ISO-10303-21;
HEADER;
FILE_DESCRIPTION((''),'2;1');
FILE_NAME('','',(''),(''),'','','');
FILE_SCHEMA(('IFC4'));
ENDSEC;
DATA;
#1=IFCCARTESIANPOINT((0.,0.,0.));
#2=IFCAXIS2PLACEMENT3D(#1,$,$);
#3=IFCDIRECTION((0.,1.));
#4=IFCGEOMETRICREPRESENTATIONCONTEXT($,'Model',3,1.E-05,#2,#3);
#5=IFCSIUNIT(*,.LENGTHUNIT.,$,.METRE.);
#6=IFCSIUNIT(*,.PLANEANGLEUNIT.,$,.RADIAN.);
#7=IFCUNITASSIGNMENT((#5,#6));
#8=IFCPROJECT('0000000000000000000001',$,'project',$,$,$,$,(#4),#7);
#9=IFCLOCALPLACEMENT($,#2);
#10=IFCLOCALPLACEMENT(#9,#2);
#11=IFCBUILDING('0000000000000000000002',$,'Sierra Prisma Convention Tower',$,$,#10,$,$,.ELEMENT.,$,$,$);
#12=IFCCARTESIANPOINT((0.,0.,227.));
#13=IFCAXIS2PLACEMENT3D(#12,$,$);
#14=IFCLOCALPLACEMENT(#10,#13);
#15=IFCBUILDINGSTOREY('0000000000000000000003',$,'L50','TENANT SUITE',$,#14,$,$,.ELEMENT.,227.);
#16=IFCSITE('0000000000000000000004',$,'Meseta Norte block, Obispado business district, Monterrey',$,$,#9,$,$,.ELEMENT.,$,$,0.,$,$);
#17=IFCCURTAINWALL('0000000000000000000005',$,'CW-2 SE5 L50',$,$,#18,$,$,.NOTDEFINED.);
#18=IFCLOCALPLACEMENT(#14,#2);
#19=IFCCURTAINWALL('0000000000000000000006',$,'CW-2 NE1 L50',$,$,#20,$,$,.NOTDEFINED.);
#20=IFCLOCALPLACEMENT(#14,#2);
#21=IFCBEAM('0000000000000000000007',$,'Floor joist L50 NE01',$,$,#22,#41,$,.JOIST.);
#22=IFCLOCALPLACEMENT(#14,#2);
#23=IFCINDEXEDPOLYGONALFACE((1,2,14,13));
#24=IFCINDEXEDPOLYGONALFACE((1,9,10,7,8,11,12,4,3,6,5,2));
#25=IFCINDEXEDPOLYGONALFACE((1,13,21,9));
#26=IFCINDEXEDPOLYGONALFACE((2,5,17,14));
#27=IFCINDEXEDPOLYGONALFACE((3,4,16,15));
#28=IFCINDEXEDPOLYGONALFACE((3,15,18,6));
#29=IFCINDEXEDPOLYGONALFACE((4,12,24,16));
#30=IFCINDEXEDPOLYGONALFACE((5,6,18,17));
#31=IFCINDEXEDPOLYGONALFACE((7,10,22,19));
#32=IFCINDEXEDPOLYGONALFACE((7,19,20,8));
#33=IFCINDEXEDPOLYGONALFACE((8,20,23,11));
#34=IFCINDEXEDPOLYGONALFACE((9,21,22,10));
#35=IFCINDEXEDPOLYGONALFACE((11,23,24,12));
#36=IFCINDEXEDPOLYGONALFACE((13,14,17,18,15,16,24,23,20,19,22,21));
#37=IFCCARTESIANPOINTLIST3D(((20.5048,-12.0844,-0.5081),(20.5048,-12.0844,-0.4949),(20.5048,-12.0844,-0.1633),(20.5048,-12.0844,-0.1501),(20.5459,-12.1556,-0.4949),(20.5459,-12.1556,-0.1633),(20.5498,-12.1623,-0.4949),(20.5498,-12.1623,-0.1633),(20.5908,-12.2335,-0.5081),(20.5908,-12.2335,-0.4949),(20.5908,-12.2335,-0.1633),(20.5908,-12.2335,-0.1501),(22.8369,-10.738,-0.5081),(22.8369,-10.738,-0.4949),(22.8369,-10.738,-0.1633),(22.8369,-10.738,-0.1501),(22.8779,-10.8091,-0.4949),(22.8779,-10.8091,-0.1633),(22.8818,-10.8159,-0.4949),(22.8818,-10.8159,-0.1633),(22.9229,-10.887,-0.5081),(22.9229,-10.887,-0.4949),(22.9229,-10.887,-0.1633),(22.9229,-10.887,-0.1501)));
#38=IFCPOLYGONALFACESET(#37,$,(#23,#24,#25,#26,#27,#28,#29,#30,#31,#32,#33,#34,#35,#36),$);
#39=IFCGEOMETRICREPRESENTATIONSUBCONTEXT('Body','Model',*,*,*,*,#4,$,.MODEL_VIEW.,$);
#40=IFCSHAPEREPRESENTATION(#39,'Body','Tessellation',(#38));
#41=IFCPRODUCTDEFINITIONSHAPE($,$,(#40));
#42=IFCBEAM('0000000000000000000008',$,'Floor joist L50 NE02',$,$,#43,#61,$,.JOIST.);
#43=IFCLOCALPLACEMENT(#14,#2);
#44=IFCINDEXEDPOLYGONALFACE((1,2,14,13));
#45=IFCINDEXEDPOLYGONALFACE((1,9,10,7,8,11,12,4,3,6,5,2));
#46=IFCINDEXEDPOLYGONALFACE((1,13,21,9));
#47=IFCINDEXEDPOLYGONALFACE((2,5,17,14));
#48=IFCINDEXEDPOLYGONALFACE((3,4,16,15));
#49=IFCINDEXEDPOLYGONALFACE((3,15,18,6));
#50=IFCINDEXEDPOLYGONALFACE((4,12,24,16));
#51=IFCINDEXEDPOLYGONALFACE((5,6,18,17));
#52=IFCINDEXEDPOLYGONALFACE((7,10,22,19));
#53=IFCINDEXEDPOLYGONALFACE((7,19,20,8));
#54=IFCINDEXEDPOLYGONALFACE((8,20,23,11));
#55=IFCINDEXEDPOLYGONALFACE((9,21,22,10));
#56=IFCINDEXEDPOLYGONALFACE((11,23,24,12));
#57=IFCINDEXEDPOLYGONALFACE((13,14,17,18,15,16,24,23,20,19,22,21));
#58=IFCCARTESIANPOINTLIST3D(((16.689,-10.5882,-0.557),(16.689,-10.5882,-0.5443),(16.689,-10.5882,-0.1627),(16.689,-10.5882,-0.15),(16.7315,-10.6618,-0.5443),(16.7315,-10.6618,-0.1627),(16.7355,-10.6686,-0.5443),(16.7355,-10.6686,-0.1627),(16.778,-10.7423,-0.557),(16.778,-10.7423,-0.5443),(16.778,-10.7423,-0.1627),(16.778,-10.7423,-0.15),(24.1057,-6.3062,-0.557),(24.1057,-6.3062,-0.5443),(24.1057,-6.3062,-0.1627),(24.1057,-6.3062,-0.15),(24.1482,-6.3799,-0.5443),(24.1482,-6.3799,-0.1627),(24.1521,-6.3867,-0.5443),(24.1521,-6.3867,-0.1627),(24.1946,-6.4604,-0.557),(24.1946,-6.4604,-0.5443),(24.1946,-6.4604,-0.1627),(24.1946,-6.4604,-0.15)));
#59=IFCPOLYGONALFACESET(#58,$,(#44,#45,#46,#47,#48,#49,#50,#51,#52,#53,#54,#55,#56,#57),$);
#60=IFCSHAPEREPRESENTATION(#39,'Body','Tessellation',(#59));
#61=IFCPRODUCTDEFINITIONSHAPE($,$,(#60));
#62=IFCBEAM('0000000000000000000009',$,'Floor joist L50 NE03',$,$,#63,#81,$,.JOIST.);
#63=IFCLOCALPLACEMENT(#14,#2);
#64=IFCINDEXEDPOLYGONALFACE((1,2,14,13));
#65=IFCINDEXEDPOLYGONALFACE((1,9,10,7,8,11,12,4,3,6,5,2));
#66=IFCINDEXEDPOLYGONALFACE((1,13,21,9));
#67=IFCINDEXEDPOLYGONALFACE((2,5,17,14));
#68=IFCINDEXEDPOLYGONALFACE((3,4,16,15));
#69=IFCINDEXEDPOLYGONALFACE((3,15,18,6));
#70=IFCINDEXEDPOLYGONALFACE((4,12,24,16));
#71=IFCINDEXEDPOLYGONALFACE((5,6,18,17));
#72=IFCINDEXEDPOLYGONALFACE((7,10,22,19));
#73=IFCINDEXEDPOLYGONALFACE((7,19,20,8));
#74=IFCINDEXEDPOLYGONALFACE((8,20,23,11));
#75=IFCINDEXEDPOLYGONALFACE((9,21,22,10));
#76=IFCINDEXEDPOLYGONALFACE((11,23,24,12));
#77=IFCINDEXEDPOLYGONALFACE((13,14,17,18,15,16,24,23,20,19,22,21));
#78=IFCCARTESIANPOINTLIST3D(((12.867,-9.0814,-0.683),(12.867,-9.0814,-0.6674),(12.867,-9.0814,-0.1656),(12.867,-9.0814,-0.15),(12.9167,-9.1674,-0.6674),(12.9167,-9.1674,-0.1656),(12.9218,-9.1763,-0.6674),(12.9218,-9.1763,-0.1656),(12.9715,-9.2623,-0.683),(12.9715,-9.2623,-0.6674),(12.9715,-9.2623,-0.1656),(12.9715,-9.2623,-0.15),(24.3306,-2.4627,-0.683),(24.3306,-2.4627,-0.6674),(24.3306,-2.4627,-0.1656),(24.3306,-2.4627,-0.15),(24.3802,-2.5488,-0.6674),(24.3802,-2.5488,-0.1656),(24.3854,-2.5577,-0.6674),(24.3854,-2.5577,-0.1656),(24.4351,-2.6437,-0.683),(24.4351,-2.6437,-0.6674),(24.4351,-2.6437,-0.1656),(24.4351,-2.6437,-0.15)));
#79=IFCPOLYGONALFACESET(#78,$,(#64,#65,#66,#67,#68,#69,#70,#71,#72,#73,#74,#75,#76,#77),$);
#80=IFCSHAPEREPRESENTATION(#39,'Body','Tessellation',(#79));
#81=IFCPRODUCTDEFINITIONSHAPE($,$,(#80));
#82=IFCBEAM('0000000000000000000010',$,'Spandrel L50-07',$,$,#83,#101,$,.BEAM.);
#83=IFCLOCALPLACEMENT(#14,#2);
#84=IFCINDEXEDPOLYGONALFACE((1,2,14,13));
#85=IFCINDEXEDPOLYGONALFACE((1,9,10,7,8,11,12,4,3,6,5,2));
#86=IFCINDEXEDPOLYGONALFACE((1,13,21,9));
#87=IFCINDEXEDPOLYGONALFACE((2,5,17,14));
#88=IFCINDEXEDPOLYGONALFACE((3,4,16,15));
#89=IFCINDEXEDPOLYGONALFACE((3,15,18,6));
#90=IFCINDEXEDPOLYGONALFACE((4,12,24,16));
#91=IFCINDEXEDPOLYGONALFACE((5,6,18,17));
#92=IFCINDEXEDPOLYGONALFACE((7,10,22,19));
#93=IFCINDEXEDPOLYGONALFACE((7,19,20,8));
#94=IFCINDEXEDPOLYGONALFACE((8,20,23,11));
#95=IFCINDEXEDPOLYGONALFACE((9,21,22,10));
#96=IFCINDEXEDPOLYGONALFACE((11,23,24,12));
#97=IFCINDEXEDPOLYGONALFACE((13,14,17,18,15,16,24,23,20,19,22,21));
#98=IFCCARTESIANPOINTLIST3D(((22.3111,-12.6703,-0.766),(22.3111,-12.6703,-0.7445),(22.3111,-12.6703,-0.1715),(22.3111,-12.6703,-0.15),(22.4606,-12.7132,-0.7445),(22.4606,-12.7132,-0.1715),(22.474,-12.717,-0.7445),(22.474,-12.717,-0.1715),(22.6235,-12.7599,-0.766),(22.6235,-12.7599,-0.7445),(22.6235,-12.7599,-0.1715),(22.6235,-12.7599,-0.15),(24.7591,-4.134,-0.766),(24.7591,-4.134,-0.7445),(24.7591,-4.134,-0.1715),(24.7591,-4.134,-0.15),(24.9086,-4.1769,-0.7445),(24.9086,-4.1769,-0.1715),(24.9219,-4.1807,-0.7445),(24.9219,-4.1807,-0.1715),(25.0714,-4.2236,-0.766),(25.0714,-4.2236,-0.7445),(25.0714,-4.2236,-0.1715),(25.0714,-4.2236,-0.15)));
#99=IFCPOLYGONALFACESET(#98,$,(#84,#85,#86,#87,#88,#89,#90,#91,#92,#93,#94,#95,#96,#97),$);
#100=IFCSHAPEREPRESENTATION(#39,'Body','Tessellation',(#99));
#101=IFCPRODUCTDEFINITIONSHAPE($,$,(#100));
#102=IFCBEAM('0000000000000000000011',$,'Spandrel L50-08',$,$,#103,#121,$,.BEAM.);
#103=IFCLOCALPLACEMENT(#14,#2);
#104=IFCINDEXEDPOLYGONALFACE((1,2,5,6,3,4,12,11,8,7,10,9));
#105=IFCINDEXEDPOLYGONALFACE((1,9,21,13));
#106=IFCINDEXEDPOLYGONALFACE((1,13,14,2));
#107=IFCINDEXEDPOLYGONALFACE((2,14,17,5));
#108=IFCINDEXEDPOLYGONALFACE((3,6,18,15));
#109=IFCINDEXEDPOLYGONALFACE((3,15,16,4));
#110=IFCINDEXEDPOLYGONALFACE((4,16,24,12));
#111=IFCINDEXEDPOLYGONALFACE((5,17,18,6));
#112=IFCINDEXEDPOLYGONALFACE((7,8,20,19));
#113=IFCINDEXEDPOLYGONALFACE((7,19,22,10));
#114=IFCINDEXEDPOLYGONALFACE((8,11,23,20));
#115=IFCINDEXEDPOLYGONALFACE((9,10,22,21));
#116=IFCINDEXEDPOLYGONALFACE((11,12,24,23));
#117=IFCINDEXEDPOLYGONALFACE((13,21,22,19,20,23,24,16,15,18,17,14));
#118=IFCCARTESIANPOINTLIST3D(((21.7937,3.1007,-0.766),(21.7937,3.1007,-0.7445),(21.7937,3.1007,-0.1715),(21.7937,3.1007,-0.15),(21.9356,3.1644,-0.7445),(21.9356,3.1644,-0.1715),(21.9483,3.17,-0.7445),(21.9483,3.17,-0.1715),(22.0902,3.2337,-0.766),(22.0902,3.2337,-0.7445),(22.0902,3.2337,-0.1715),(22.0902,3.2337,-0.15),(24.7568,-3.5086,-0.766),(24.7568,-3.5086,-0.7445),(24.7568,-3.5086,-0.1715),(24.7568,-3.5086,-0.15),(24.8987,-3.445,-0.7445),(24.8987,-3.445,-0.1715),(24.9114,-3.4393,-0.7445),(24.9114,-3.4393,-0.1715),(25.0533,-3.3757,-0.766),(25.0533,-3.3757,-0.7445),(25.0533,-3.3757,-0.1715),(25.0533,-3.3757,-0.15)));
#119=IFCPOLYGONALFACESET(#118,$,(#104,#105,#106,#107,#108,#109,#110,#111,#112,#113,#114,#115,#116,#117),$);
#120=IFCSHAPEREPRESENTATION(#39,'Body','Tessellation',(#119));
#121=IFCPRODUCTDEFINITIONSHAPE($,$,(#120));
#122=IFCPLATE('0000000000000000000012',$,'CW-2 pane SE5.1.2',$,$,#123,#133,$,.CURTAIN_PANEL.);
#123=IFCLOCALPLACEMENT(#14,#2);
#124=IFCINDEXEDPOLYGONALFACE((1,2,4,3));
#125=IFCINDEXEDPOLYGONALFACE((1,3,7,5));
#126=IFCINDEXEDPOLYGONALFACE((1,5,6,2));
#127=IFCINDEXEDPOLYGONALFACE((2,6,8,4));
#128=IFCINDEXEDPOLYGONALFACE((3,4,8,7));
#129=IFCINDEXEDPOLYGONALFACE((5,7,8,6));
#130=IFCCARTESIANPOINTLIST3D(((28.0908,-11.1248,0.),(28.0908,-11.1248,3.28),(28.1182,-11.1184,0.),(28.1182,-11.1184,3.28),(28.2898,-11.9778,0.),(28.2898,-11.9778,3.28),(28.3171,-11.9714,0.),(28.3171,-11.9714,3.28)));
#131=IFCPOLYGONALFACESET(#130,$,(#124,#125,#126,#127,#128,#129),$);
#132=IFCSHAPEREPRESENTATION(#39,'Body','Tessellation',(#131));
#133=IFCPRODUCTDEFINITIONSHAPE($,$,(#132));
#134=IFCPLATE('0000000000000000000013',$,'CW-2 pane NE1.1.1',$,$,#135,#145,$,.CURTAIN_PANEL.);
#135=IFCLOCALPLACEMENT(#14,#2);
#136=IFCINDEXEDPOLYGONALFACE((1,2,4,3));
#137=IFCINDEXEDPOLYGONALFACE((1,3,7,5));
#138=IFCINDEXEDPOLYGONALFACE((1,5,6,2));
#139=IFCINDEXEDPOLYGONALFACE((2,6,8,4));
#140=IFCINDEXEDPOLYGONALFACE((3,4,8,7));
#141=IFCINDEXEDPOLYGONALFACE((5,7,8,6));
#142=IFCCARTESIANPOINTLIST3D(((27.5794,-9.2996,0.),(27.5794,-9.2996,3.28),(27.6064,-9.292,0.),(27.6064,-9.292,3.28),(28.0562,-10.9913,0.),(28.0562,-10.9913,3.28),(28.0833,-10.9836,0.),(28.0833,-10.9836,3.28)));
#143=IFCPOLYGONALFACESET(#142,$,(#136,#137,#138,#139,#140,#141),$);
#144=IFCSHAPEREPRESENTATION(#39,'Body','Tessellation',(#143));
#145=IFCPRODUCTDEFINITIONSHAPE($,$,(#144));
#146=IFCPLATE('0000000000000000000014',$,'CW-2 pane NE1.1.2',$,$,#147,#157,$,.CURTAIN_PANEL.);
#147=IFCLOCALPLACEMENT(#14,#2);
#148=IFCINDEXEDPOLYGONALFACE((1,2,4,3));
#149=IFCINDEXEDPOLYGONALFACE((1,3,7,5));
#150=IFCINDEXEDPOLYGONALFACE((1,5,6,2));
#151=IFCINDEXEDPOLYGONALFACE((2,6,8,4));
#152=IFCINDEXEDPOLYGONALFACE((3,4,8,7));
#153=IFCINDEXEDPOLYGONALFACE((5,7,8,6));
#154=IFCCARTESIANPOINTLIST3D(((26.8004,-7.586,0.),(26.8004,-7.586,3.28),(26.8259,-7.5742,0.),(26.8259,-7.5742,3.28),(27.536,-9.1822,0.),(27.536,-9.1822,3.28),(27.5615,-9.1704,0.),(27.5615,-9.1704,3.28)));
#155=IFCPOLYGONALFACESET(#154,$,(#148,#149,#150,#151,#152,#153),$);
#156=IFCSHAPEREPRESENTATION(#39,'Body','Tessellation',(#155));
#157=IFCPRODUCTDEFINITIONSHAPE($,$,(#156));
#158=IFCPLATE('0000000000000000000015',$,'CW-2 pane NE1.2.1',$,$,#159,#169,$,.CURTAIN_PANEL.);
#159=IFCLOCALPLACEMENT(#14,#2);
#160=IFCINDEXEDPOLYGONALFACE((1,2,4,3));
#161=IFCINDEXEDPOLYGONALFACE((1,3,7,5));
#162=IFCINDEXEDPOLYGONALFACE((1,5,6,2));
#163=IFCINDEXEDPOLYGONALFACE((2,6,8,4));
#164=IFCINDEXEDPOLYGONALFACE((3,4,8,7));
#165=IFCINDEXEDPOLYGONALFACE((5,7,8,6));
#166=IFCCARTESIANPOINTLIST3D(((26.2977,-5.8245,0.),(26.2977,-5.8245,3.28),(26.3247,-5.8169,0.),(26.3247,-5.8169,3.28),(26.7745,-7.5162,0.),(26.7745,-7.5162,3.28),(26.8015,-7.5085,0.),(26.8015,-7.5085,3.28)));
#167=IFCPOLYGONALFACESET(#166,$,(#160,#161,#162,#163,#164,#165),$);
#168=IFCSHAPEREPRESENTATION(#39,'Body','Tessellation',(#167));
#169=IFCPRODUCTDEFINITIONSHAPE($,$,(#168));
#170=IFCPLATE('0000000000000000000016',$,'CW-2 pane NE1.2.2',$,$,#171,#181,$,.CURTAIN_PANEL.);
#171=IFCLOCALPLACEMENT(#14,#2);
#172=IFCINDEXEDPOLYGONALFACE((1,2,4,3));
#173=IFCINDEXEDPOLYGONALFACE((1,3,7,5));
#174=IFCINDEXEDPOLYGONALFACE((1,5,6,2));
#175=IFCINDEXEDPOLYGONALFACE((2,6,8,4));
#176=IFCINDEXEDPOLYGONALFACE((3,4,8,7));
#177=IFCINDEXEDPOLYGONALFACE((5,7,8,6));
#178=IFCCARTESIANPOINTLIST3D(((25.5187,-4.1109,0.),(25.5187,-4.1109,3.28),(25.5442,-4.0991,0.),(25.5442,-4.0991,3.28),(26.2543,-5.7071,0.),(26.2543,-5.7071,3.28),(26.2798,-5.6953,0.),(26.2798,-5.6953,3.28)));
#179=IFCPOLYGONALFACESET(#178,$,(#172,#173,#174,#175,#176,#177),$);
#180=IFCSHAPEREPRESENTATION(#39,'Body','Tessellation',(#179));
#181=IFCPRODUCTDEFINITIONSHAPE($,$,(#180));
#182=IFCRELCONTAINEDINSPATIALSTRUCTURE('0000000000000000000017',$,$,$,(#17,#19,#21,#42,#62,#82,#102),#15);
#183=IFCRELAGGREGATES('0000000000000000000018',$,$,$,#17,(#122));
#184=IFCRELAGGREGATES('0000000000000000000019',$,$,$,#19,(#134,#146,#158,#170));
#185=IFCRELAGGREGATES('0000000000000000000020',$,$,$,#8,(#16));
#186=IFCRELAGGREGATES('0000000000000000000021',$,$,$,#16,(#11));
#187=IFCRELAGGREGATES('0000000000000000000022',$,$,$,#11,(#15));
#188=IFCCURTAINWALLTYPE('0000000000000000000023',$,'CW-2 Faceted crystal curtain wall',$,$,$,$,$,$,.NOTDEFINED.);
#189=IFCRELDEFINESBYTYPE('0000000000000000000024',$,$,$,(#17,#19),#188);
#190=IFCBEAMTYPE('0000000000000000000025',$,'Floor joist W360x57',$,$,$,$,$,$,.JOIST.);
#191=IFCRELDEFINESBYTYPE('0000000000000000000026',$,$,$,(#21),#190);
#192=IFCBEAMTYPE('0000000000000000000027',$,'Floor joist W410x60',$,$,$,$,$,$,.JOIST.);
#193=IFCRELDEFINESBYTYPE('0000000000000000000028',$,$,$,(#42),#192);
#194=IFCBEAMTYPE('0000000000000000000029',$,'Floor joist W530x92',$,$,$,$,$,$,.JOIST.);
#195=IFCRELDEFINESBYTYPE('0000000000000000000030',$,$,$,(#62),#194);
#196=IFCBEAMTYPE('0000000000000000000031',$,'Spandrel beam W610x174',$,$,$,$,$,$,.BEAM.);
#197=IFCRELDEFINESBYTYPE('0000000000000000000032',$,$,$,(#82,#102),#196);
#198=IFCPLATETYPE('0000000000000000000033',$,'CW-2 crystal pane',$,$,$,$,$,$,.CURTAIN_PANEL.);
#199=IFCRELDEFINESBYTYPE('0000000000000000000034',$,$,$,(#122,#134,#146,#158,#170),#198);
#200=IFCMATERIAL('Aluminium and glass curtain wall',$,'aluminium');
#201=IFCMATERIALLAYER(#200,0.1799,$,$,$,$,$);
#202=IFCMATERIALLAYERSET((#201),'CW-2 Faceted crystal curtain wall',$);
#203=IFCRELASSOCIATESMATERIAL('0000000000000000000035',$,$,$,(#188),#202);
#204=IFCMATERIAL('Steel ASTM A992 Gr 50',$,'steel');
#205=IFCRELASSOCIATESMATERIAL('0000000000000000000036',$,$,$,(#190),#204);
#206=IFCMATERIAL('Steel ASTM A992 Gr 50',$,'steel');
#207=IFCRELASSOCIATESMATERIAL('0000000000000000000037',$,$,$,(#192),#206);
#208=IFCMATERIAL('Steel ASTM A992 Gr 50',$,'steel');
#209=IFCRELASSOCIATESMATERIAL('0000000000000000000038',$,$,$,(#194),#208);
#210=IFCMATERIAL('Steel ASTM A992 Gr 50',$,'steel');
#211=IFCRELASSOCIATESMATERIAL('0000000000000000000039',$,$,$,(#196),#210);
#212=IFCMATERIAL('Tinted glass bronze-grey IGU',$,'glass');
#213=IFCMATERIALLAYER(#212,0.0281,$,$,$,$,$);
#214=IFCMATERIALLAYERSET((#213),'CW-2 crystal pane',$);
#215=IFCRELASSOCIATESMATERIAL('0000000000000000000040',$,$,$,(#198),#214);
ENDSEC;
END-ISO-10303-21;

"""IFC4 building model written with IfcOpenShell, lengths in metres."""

from ifc_helpers import new_model, si_unit, direction, frame, origin, origin_2d, place, context, subcontext, project, spatial, polyline, i_section, outline, extrude, material, layer, layer_set, material_profile, profile_set, type_object, element, aggregate, save


model = new_model("IFC4")

# Units and contexts
model_context = context("Model", 3, precision=1e-05, world=origin(), true_north=direction((0.0, 1.0)))
body_context = subcontext(model_context, "Body", "Model", "MODEL_VIEW")
ifc_project = project(units=[si_unit("LENGTHUNIT", "METRE"), si_unit("PLANEANGLEUNIT", "RADIAN")], contexts=[model_context])

# Site, building, storey
site_placement = place(None, origin())
site = spatial("IfcSite", under=ifc_project, at=site_placement, Name="Meseta Norte block, Obispado business district, Monterrey", CompositionType="ELEMENT", RefElevation=0.0)
building_placement = place(site_placement, origin())
building = spatial("IfcBuilding", under=site, at=building_placement, Name="Sierra Prisma Convention Tower", CompositionType="ELEMENT")
storey_placement = place(building_placement, frame((0.0, 0.0, 227.0)))
storey = spatial("IfcBuildingStorey", under=building, at=storey_placement, Name="L50", Description="TENANT SUITE", CompositionType="ELEMENT", Elevation=227.0)

# Curtain wall
ifc_material_1 = material(Name="Aluminium and glass curtain wall", Category="aluminium")
ifc_layer_1 = layer(ifc_material_1, 0.1799)
ifc_layer_set_1 = layer_set([ifc_layer_1], Name="CW-2 Faceted crystal curtain wall")
curtain_wall_type = type_object("IfcCurtainWallType", Name="CW-2 Faceted crystal curtain wall", PredefinedType="NOTDEFINED", material=ifc_layer_set_1)
curtain_wall_1_placement = place(storey_placement, origin())
curtain_wall_1 = element("IfcCurtainWall", 1, at=curtain_wall_1_placement, inside=storey, type_object=curtain_wall_type, Name="CW-2 SE5 L50", PredefinedType="NOTDEFINED")

# Curtain wall
curtain_wall_2_placement = place(storey_placement, origin())
curtain_wall_2 = element("IfcCurtainWall", 2, at=curtain_wall_2_placement, inside=storey, type_object=curtain_wall_type, Name="CW-2 NE1 L50", PredefinedType="NOTDEFINED")

# Beams
ifc_material_2 = material(Name="Steel ASTM A992 Gr 50", Category="steel")
ifc_material_profile_1 = material_profile(ifc_material_2, i_section(OverallWidth=0.1721, OverallDepth=0.3579, WebThickness=0.0078, FlangeThickness=0.0132, at=origin_2d()), Name="W360x57")
ifc_profile_set_1 = profile_set([ifc_material_profile_1], Name="Steel ASTM A992 Gr 50")
beam_type_1 = type_object("IfcBeamType", Name="Floor joist W360x57", PredefinedType="JOIST", material=ifc_profile_set_1)
beam_1_placement = place(storey_placement, frame((22.8799, -10.8125, -0.3291), z_axis=(-0.86602, -0.50001, 0.0), x_axis=(0.50001, -0.86602, 0.0)))
element("IfcBeam", 3, at=beam_1_placement, inside=storey, type_object=beam_type_1, Name="Floor joist L50 NE01", PredefinedType="JOIST", context=body_context, shape_type="SweptSolid", body=[
    extrude(i_section(OverallWidth=0.1721, OverallDepth=0.3579, WebThickness=0.0078, FlangeThickness=0.0132, at=origin_2d()), origin(), (0.0, 0.0, 1.0), 2.6929),
])
ifc_material_3 = material(Name="Steel ASTM A992 Gr 50", Category="steel")
ifc_material_profile_2 = material_profile(ifc_material_3, i_section(OverallWidth=0.178, OverallDepth=0.407, WebThickness=0.0078, FlangeThickness=0.0127, at=origin_2d()), Name="W410x60")
ifc_profile_set_2 = profile_set([ifc_material_profile_2], Name="Steel ASTM A992 Gr 50")
beam_type_2 = type_object("IfcBeamType", Name="Floor joist W410x60", PredefinedType="JOIST", material=ifc_profile_set_2)
beam_2_placement = place(storey_placement, frame((24.1501, -6.3833, -0.3535), z_axis=(-0.866029, -0.499993, 0.0), x_axis=(0.499993, -0.866029, 0.0)))
element("IfcBeam", 4, at=beam_2_placement, inside=storey, type_object=beam_type_2, Name="Floor joist L50 NE02", PredefinedType="JOIST", context=body_context, shape_type="SweptSolid", body=[
    extrude(i_section(OverallWidth=0.178, OverallDepth=0.407, WebThickness=0.0078, FlangeThickness=0.0127, at=origin_2d()), origin(), (0.0, 0.0, 1.0), 8.564),
])
ifc_material_4 = material(Name="Steel ASTM A992 Gr 50", Category="steel")
ifc_material_profile_3 = material_profile(ifc_material_4, i_section(OverallWidth=0.209, OverallDepth=0.533, WebThickness=0.0103, FlangeThickness=0.0156, at=origin_2d()), Name="W530x92")
ifc_profile_set_3 = profile_set([ifc_material_profile_3], Name="Steel ASTM A992 Gr 50")
beam_type_3 = type_object("IfcBeamType", Name="Floor joist W530x92", PredefinedType="JOIST", material=ifc_profile_set_3)
beam_3_placement = place(storey_placement, frame((24.3828, -2.5532, -0.4165), z_axis=(-0.866021, -0.500007, 0.0), x_axis=(0.500007, -0.866021, 0.0)))
element("IfcBeam", 5, at=beam_3_placement, inside=storey, type_object=beam_type_3, Name="Floor joist L50 NE03", PredefinedType="JOIST", context=body_context, shape_type="SweptSolid", body=[
    extrude(i_section(OverallWidth=0.209, OverallDepth=0.533, WebThickness=0.0103, FlangeThickness=0.0156, at=origin_2d()), origin(), (0.0, 0.0, 1.0), 13.2371),
])
ifc_material_5 = material(Name="Steel ASTM A992 Gr 50", Category="steel")
ifc_material_profile_4 = material_profile(ifc_material_5, i_section(OverallWidth=0.325, OverallDepth=0.616, WebThickness=0.0139, FlangeThickness=0.0215, at=origin_2d()), Name="W610x174")
ifc_profile_set_4 = profile_set([ifc_material_profile_4], Name="Steel ASTM A992 Gr 50")
beam_type_4 = type_object("IfcBeamType", Name="Spandrel beam W610x174", PredefinedType="BEAM", material=ifc_profile_set_4)
beam_4_placement = place(storey_placement, frame((22.4673, -12.7151, -0.458), z_axis=(0.275661, 0.961255, 0.0), x_axis=(-0.961255, 0.275661, 0.0)))
element("IfcBeam", 6, at=beam_4_placement, inside=storey, type_object=beam_type_4, Name="Spandrel L50-07", PredefinedType="BEAM", context=body_context, shape_type="SweptSolid", body=[
    extrude(i_section(OverallWidth=0.325, OverallDepth=0.616, WebThickness=0.0139, FlangeThickness=0.0215, at=origin_2d()), origin(), (0.0, 0.0, 1.0), 8.8804),
])
beam_5_placement = place(storey_placement, frame((24.905, -3.4421, -0.458), z_axis=(-0.409092, 0.912493, 0.0), x_axis=(-0.912493, -0.409092, 0.0)))
element("IfcBeam", 7, at=beam_5_placement, inside=storey, type_object=beam_type_4, Name="Spandrel L50-08", PredefinedType="BEAM", context=body_context, shape_type="SweptSolid", body=[
    extrude(i_section(OverallWidth=0.325, OverallDepth=0.616, WebThickness=0.0139, FlangeThickness=0.0215, at=origin_2d()), origin(), (0.0, 0.0, 1.0), 7.2432),
])

# Plates
ifc_material_6 = material(Name="Tinted glass bronze-grey IGU", Category="glass")
ifc_layer_2 = layer(ifc_material_6, 0.0281)
ifc_layer_set_2 = layer_set([ifc_layer_2], Name="CW-2 crystal pane")
plate_type = type_object("IfcPlateType", Name="CW-2 crystal pane", PredefinedType="CURTAIN_PANEL", material=ifc_layer_set_2)
plate_1_placement = place(storey_placement, frame((28.1182, -11.1184, 0.0), z_axis=(0.973858, 0.227159, 0.0), x_axis=(0.227159, -0.973858, 0.0)))
plate_1 = element("IfcPlate", 8, at=plate_1_placement, type_object=plate_type, Name="CW-2 pane SE5.1.2", PredefinedType="CURTAIN_PANEL", context=body_context, shape_type="SweptSolid", body=[
    extrude(outline(polyline([(0.0, 0.0), (0.8759, 0.0), (0.8759, -3.28), (0.0, -3.28), (0.0, 0.0)])), origin(), (0.0, 0.0, -1.0), 0.0281),
])
aggregate(curtain_wall_1, [plate_1])
plate_2_placement = place(storey_placement, frame((28.0833, -10.9836, 0.0), z_axis=(0.962498, 0.271289, 0.0), x_axis=(-0.271289, 0.962498, 0.0)))
plate_2 = element("IfcPlate", 9, at=plate_2_placement, type_object=plate_type, Name="CW-2 pane NE1.1.1", PredefinedType="CURTAIN_PANEL", context=body_context, shape_type="SweptSolid", body=[
    extrude(outline(polyline([(0.0, 0.0), (1.7576, 0.0), (1.7576, 3.28), (0.0, 3.28), (0.0, 0.0)])), origin(), (0.0, 0.0, -1.0), 0.0281),
])
plate_3_placement = place(storey_placement, frame((26.8259, -7.5742, 0.0), z_axis=(0.908199, 0.418538, 0.0), x_axis=(0.418538, -0.908199, 0.0)))
plate_3 = element("IfcPlate", 10, at=plate_3_placement, type_object=plate_type, Name="CW-2 pane NE1.1.2", PredefinedType="CURTAIN_PANEL", context=body_context, shape_type="SweptSolid", body=[
    extrude(outline(polyline([(0.0, 0.0), (1.7575, 0.0), (1.7575, -3.28), (0.0, -3.28), (0.0, 0.0)])), origin(), (0.0, 0.0, -1.0), 0.0281),
])
plate_4_placement = place(storey_placement, frame((26.8015, -7.5085, 0.0), z_axis=(0.962498, 0.271289, 0.0), x_axis=(-0.271289, 0.962498, 0.0)))
plate_4 = element("IfcPlate", 11, at=plate_4_placement, type_object=plate_type, Name="CW-2 pane NE1.2.1", PredefinedType="CURTAIN_PANEL", context=body_context, shape_type="SweptSolid", body=[
    extrude(outline(polyline([(0.0, 0.0), (1.7576, 0.0), (1.7576, 3.28), (0.0, 3.28), (0.0, 0.0)])), origin(), (0.0, 0.0, -1.0), 0.0281),
])
plate_5_placement = place(storey_placement, frame((25.5442, -4.0991, 0.0), z_axis=(0.908199, 0.418538, 0.0), x_axis=(0.418538, -0.908199, 0.0)))
plate_5 = element("IfcPlate", 12, at=plate_5_placement, type_object=plate_type, Name="CW-2 pane NE1.2.2", PredefinedType="CURTAIN_PANEL", context=body_context, shape_type="SweptSolid", body=[
    extrude(outline(polyline([(0.0, 0.0), (1.7575, 0.0), (1.7575, -3.28), (0.0, -3.28), (0.0, 0.0)])), origin(), (0.0, 0.0, -1.0), 0.0281),
])
aggregate(curtain_wall_2, [plate_2, plate_3, plate_4, plate_5])

save(model, "model.ifc")
